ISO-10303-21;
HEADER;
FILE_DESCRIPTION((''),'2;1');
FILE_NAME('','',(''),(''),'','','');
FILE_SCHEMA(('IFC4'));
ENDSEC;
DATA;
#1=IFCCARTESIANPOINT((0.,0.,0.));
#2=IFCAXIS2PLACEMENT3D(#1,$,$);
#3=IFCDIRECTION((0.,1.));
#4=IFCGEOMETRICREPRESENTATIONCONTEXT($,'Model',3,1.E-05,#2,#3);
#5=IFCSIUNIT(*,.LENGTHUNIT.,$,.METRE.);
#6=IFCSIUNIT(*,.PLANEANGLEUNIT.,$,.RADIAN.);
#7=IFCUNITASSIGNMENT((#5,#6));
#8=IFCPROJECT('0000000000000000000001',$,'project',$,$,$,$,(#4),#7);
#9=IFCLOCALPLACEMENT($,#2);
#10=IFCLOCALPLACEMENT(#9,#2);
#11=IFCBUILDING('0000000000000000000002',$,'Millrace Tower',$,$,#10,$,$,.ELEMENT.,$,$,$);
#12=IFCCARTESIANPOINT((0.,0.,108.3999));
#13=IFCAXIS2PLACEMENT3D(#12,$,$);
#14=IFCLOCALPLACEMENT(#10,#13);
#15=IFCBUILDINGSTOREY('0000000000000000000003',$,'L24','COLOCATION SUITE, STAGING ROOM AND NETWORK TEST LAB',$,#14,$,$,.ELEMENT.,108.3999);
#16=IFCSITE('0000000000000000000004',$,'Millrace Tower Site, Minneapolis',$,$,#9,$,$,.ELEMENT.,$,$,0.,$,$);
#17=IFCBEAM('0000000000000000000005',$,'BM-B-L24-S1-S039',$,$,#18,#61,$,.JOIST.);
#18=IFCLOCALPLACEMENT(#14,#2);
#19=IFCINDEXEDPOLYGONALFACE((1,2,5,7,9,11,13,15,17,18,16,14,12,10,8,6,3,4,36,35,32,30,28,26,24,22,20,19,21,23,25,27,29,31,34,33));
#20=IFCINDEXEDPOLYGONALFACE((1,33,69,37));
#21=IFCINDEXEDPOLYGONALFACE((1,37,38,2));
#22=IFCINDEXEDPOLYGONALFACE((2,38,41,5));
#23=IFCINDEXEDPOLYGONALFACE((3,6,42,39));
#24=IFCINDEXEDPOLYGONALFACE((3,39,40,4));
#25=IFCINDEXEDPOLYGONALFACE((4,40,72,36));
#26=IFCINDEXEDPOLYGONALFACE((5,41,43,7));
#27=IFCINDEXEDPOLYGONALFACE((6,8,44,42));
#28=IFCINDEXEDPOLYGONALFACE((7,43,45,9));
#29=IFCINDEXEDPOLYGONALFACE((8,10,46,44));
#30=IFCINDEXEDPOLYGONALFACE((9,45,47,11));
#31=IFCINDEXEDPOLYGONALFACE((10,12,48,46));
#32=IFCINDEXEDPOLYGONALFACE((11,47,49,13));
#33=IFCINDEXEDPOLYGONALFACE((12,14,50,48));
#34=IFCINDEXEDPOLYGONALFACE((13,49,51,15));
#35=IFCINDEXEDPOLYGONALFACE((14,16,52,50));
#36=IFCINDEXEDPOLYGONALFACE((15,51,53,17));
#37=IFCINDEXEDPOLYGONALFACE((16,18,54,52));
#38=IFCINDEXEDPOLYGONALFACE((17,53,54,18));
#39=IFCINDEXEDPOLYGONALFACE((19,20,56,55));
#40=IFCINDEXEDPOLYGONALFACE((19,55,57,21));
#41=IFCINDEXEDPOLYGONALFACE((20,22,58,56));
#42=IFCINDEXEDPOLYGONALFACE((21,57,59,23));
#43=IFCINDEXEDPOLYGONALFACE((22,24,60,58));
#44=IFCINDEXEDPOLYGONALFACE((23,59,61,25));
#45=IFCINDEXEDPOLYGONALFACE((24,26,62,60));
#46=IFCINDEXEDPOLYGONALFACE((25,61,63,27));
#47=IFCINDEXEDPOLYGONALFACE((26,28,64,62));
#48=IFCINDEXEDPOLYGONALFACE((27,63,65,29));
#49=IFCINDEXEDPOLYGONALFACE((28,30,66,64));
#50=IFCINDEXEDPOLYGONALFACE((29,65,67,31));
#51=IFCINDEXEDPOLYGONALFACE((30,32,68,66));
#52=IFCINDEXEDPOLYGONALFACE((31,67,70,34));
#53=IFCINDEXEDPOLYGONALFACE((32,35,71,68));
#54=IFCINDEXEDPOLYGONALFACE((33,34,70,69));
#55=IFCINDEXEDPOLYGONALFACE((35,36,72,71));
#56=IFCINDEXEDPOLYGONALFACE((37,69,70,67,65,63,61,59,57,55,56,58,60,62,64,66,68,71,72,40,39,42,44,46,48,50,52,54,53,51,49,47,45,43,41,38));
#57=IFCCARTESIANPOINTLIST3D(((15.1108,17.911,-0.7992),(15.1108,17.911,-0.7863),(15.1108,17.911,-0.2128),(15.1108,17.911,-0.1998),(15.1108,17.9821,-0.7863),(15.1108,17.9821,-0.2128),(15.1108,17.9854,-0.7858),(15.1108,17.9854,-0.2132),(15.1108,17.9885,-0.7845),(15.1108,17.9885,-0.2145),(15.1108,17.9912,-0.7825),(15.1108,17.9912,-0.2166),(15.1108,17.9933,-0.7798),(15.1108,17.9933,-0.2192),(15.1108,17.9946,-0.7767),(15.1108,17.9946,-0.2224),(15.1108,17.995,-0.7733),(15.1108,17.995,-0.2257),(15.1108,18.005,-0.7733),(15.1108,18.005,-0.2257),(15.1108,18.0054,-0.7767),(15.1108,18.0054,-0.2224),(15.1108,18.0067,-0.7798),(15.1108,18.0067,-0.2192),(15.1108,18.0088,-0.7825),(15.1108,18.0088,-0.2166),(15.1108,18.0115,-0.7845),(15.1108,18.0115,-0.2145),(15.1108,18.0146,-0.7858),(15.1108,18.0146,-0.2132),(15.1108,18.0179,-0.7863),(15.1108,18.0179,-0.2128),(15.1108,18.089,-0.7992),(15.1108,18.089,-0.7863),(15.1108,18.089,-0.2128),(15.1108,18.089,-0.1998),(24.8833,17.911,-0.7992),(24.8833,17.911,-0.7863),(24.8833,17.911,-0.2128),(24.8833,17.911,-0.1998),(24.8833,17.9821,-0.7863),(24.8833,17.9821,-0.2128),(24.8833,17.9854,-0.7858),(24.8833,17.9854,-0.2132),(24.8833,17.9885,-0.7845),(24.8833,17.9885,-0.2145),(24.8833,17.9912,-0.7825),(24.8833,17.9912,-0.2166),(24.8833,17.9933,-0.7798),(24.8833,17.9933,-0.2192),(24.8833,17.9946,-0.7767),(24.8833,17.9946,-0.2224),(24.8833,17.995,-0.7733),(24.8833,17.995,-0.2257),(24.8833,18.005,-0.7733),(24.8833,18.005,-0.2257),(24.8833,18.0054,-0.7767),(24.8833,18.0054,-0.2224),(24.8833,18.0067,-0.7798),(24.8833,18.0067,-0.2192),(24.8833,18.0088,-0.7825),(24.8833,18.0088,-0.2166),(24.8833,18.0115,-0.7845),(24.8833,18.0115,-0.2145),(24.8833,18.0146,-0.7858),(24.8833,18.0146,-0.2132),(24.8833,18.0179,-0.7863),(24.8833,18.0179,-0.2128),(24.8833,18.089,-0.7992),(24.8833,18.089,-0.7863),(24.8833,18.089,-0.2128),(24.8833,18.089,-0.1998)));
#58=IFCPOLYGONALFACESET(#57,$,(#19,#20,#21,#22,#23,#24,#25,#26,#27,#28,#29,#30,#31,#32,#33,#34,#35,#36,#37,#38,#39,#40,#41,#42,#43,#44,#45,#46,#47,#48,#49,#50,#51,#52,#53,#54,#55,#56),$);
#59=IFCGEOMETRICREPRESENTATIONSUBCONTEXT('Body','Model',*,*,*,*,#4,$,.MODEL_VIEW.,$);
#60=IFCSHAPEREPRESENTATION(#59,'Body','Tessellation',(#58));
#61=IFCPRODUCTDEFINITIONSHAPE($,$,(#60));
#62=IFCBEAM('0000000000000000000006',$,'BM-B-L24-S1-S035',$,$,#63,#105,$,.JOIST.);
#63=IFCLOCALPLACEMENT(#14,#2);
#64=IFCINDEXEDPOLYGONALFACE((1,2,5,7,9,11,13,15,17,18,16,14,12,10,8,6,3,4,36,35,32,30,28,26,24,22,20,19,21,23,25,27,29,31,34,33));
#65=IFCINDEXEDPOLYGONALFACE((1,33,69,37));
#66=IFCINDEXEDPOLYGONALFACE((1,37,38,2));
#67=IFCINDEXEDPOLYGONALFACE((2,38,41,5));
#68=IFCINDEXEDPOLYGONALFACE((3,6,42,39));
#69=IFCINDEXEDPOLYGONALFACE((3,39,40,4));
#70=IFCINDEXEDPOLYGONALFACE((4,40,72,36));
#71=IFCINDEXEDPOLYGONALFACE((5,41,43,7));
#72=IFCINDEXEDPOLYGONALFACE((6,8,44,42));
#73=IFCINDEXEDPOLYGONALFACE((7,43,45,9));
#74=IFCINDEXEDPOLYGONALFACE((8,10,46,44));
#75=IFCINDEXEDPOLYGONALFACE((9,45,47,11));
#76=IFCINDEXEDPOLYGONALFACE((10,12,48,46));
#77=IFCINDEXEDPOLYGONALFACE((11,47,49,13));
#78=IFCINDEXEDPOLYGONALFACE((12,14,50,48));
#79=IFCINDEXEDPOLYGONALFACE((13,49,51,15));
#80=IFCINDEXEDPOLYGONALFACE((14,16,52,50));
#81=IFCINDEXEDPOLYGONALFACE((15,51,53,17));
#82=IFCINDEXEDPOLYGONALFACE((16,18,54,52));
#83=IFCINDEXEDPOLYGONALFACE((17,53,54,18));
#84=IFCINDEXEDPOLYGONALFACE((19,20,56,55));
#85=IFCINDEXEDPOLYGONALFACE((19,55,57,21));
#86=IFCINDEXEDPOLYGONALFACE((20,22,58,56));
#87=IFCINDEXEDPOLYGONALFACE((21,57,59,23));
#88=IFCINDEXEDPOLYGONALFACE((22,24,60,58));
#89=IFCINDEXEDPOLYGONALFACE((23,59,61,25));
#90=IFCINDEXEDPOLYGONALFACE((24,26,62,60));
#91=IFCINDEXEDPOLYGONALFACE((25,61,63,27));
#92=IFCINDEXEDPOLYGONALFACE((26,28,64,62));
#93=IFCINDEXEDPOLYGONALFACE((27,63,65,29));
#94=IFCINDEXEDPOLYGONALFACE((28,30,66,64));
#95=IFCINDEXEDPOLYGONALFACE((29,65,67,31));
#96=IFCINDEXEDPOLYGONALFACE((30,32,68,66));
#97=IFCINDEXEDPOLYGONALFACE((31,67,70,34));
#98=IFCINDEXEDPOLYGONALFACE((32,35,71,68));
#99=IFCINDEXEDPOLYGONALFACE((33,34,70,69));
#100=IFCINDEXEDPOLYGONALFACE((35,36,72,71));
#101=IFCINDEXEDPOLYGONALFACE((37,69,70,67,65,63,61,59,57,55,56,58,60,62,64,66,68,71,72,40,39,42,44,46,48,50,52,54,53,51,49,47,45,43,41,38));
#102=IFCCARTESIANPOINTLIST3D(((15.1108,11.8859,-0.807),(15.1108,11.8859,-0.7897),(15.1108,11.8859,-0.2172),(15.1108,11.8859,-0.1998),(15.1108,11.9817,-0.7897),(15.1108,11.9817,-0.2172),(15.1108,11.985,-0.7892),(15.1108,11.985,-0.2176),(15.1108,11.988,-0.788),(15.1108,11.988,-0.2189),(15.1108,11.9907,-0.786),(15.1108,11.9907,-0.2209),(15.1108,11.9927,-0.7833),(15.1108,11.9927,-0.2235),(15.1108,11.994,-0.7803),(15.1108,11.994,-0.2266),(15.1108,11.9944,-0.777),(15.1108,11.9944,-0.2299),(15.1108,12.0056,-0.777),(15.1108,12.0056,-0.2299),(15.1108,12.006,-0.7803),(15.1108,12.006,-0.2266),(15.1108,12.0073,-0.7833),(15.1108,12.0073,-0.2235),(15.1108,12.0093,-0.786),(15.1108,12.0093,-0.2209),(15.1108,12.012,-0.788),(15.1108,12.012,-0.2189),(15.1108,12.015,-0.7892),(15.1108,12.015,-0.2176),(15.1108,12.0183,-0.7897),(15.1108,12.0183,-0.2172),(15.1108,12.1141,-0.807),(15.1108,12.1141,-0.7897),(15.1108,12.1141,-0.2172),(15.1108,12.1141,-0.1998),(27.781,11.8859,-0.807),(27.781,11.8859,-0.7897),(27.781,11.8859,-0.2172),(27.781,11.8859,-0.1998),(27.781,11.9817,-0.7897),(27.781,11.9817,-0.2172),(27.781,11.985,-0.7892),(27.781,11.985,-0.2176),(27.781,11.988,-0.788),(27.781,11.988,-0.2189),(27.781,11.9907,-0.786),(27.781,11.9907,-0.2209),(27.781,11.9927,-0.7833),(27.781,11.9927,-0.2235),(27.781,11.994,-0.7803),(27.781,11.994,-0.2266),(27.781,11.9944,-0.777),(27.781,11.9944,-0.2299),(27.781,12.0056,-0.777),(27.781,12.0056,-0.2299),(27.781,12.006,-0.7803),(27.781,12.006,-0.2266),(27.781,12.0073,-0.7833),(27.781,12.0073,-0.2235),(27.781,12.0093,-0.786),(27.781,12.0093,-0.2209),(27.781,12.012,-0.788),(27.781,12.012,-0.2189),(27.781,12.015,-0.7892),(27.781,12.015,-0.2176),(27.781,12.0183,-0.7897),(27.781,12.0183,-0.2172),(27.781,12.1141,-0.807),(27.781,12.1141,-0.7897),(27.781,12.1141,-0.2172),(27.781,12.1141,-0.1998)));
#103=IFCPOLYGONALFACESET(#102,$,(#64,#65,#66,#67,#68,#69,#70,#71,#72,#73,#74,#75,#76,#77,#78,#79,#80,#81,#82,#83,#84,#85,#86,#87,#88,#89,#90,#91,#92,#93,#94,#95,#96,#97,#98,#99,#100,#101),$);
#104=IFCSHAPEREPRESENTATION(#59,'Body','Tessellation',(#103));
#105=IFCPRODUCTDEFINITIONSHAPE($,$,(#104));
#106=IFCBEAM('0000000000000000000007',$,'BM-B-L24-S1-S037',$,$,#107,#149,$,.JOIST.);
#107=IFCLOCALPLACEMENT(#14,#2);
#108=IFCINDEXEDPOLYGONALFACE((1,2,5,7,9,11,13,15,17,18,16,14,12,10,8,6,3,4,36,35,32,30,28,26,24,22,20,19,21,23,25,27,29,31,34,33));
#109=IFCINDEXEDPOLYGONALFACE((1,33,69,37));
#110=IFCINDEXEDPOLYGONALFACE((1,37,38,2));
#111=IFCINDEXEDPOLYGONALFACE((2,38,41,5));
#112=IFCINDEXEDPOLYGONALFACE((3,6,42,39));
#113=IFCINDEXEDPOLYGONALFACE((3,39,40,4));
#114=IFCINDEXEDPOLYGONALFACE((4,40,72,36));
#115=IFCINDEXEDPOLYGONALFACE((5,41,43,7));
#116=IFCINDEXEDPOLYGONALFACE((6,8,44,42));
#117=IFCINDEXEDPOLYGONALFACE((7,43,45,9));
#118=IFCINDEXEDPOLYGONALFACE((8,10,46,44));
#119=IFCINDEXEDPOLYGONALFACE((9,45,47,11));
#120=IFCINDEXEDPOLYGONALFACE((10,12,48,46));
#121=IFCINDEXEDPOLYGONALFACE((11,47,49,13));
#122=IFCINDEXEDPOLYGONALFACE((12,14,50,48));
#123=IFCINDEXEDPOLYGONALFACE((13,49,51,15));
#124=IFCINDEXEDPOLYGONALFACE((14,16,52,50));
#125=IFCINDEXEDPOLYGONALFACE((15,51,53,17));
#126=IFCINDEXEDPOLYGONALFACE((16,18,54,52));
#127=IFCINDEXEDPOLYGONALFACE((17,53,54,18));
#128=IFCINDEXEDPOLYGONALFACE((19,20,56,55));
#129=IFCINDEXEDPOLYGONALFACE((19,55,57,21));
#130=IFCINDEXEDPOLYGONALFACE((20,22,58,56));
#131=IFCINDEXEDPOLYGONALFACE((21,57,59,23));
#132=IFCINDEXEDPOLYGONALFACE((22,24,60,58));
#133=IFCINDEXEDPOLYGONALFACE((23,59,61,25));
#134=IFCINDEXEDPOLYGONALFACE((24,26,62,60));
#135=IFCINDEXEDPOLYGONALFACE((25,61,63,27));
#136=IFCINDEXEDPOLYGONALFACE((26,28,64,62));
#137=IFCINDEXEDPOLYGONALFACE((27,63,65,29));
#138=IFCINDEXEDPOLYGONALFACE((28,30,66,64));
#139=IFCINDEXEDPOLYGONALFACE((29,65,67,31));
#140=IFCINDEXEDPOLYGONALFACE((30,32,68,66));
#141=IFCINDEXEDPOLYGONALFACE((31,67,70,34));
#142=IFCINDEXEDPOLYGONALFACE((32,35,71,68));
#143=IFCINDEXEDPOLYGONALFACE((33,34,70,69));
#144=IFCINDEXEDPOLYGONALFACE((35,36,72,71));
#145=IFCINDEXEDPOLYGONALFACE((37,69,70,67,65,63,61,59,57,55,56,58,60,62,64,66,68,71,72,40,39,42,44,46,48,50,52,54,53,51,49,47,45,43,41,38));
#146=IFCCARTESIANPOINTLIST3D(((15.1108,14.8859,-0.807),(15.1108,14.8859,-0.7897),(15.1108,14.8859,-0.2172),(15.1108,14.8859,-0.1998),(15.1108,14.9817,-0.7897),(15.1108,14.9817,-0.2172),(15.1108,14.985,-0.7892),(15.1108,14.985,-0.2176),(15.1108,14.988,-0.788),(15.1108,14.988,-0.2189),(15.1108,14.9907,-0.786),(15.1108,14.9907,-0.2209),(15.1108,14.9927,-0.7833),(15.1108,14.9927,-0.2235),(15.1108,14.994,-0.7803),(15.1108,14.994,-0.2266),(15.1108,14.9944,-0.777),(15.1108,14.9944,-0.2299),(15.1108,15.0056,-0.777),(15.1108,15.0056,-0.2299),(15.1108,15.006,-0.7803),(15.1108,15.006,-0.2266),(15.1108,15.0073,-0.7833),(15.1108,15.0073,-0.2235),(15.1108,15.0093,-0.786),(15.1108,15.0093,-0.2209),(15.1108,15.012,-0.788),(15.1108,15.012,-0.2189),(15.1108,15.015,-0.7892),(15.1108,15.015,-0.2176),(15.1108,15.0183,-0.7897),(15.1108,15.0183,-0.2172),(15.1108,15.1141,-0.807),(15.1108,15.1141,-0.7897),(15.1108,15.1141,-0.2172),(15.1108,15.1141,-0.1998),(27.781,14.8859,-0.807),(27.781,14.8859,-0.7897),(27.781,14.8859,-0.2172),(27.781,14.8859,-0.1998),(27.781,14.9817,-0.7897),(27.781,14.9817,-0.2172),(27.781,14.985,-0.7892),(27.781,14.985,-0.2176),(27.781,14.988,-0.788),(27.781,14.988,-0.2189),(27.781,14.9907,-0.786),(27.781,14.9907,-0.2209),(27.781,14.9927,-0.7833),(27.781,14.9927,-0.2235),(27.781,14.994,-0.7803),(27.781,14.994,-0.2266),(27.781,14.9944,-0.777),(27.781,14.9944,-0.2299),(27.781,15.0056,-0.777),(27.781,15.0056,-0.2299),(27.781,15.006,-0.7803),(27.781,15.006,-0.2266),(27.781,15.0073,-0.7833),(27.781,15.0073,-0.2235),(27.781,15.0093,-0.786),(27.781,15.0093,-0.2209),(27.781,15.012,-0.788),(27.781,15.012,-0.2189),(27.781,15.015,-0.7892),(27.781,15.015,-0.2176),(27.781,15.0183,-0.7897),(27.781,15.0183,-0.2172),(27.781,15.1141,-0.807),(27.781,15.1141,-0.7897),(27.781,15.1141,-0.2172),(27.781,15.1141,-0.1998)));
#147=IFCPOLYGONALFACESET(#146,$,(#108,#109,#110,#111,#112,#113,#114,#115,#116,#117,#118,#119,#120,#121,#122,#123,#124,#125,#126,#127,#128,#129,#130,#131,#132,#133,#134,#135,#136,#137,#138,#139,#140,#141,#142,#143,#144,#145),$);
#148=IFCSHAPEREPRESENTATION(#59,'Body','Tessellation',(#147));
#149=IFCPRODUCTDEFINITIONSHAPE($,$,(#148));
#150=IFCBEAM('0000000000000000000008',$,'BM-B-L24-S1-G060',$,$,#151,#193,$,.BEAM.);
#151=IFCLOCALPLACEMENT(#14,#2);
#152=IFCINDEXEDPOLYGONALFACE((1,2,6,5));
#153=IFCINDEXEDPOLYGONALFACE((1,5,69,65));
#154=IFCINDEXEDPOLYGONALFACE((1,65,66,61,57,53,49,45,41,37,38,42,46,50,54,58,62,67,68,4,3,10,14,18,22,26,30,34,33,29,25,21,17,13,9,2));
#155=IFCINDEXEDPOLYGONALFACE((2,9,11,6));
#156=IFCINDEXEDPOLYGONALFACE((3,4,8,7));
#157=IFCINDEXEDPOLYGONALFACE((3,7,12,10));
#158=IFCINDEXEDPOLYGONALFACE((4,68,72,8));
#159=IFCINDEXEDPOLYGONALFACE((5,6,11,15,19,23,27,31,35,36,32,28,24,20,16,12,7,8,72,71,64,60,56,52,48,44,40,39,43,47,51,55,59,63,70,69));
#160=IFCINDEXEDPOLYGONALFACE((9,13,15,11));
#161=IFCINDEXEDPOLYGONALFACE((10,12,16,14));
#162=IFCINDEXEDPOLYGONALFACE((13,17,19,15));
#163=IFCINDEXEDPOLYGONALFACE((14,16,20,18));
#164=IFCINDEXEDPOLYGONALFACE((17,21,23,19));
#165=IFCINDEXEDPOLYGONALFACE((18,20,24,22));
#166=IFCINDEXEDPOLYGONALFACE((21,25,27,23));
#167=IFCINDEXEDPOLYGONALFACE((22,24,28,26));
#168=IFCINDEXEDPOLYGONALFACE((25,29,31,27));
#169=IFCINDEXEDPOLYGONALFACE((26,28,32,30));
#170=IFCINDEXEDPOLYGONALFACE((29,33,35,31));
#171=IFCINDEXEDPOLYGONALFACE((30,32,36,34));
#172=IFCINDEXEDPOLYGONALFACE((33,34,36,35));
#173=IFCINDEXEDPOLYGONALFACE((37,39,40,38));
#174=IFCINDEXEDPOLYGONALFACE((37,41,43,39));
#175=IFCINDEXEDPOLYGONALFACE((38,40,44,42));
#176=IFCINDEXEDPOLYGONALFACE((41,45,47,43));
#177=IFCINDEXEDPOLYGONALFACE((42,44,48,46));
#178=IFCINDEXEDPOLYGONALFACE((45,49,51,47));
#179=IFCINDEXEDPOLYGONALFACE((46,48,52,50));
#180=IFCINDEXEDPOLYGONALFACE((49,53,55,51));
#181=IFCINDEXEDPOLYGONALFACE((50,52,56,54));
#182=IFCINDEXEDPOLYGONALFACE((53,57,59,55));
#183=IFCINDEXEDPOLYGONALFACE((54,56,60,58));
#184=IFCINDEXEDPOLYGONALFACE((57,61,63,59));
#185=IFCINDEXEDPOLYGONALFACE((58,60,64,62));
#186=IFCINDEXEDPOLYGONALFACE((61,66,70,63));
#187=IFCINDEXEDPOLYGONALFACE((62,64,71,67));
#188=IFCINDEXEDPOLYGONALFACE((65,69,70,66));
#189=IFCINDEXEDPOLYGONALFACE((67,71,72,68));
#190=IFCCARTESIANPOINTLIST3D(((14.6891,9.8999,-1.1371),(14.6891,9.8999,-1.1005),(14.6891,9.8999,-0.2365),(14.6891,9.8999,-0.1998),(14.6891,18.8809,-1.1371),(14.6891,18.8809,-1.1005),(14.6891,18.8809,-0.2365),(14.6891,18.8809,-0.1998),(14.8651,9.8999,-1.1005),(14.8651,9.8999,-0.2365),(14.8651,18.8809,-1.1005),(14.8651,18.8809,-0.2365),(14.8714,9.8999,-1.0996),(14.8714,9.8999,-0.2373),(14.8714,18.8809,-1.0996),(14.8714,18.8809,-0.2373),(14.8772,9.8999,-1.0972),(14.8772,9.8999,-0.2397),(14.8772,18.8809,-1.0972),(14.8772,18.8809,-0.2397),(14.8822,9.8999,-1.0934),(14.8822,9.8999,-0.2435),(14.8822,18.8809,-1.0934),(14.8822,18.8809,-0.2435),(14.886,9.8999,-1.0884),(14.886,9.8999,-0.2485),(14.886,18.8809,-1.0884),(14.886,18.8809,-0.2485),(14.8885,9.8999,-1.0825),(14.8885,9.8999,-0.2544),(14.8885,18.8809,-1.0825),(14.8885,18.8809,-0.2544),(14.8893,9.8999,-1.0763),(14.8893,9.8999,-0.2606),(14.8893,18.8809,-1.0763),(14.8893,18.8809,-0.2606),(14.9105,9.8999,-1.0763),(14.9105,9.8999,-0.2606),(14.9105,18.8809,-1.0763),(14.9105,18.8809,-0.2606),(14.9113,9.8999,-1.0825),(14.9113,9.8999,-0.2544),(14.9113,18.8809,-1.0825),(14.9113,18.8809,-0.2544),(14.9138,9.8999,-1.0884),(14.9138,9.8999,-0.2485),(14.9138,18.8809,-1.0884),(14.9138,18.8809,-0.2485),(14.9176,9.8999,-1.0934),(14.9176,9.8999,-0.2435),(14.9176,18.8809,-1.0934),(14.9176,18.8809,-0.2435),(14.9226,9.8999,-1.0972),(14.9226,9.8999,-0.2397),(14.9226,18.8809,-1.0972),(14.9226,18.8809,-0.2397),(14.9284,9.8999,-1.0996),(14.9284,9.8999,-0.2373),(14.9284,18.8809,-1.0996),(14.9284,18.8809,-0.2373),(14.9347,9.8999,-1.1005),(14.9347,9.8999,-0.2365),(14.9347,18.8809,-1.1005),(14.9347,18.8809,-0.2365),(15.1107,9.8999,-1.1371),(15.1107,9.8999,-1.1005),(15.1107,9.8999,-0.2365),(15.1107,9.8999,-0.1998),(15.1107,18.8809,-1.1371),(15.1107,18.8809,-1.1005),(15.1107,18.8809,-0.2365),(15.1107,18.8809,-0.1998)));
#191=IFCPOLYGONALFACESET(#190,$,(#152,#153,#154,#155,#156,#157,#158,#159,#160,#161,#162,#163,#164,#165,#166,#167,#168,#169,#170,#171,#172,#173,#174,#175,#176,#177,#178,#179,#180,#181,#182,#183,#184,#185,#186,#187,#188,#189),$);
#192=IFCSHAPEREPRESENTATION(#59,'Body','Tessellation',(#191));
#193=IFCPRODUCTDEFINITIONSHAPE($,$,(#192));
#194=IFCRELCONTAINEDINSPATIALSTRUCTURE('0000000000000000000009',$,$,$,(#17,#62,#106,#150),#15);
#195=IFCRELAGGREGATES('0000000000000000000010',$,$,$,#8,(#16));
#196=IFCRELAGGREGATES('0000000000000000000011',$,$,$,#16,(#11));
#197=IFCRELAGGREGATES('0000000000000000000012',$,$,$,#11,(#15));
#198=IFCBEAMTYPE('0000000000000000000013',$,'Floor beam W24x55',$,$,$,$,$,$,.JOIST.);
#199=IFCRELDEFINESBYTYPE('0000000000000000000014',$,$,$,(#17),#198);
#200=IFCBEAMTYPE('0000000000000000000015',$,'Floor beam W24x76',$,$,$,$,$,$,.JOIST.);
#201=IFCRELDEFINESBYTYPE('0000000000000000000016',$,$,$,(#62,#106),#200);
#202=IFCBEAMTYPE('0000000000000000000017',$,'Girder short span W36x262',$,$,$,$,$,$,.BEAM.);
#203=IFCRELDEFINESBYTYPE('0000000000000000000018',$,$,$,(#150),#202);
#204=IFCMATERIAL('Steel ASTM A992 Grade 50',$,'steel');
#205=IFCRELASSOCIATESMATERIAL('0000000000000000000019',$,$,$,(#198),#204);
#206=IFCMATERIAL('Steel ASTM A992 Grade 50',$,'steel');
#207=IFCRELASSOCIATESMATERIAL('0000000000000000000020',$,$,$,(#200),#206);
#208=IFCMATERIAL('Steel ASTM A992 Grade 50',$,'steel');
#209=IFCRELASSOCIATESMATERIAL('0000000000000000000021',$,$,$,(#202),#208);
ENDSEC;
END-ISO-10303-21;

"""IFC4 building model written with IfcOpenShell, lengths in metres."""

from ifc_helpers import new_model, si_unit, direction, frame, origin, origin_2d, place, context, subcontext, project, spatial, i_section, extrude, material, material_profile, profile_set, type_object, element, save


model = new_model("IFC4")

# Units and contexts
model_context = context("Model", 3, precision=1e-05, world=origin(), true_north=direction((0.0, 1.0)))
body_context = subcontext(model_context, "Body", "Model", "MODEL_VIEW")
ifc_project = project(units=[si_unit("LENGTHUNIT", "METRE"), si_unit("PLANEANGLEUNIT", "RADIAN")], contexts=[model_context])

# Site, building, storey
site_placement = place(None, origin())
site = spatial("IfcSite", under=ifc_project, at=site_placement, Name="Millrace Tower Site, Minneapolis", CompositionType="ELEMENT", RefElevation=0.0)
building_placement = place(site_placement, origin())
building = spatial("IfcBuilding", under=site, at=building_placement, Name="Millrace Tower", CompositionType="ELEMENT")
storey_placement = place(building_placement, frame((0.0, 0.0, 108.3999)))
storey = spatial("IfcBuildingStorey", under=building, at=storey_placement, Name="L24", Description="COLOCATION SUITE, STAGING ROOM AND NETWORK TEST LAB", CompositionType="ELEMENT", Elevation=108.3999)

# Beams
ifc_material_1 = material(Name="Steel ASTM A992 Grade 50", Category="steel")
ifc_material_profile_1 = material_profile(ifc_material_1, i_section(OverallWidth=0.178, OverallDepth=0.5994, WebThickness=0.01, FlangeThickness=0.0129, FilletRadius=0.0129, at=origin_2d()))
ifc_profile_set_1 = profile_set([ifc_material_profile_1], Name="Steel ASTM A992 Grade 50")
beam_type_1 = type_object("IfcBeamType", Name="Floor beam W24x55", PredefinedType="JOIST", material=ifc_profile_set_1)
beam_1_placement = place(storey_placement, frame((15.1108, 18.0, -0.4995), z_axis=(1.0, 0.0, 0.0), x_axis=(0.0, 1.0, 0.0)))
element("IfcBeam", 1, at=beam_1_placement, inside=storey, type_object=beam_type_1, Name="BM-B-L24-S1-S039", PredefinedType="JOIST", context=body_context, shape_type="SweptSolid", body=[
    extrude(i_section(OverallWidth=0.178, OverallDepth=0.5994, WebThickness=0.01, FlangeThickness=0.0129, FilletRadius=0.0129, at=origin_2d()), origin(), (0.0, 0.0, 1.0), 9.7725),
])
ifc_material_2 = material(Name="Steel ASTM A992 Grade 50", Category="steel")
ifc_material_profile_2 = material_profile(ifc_material_2, i_section(OverallWidth=0.2283, OverallDepth=0.6072, WebThickness=0.0112, FlangeThickness=0.0173, FilletRadius=0.0127, at=origin_2d()))
ifc_profile_set_2 = profile_set([ifc_material_profile_2], Name="Steel ASTM A992 Grade 50")
beam_type_2 = type_object("IfcBeamType", Name="Floor beam W24x76", PredefinedType="JOIST", material=ifc_profile_set_2)
for number, where, z_axis, x_axis, name in (
    (2, (15.1108, 12.0, -0.5034), (1.0, 0.0, 0.0), (0.0, 1.0, 0.0), "BM-B-L24-S1-S035"),
    (3, (15.1108, 15.0, -0.5034), (1.0, 0.0, 0.0), (0.0, 1.0, 0.0), "BM-B-L24-S1-S037"),
):
    element("IfcBeam", number, at=place(storey_placement, frame(where, z_axis=z_axis, x_axis=x_axis)), inside=storey, type_object=beam_type_2, Name=name, PredefinedType="JOIST", context=body_context, shape_type="SweptSolid", body=[
        extrude(i_section(OverallWidth=0.2283, OverallDepth=0.6072, WebThickness=0.0112, FlangeThickness=0.0173, FilletRadius=0.0127, at=origin_2d()), origin(), (0.0, 0.0, 1.0), 12.6702),
    ])
ifc_material_3 = material(Name="Steel ASTM A992 Grade 50", Category="steel")
ifc_material_profile_3 = material_profile(ifc_material_3, i_section(OverallWidth=0.4216, OverallDepth=0.9373, WebThickness=0.0212, FlangeThickness=0.0366, FilletRadius=0.0242, at=origin_2d()))
ifc_profile_set_3 = profile_set([ifc_material_profile_3], Name="Steel ASTM A992 Grade 50")
beam_type_3 = type_object("IfcBeamType", Name="Girder short span W36x262", PredefinedType="BEAM", material=ifc_profile_set_3)
beam_2_placement = place(storey_placement, frame((14.8999, 9.8999, -0.6685), z_axis=(0.0, 1.0, 0.0), x_axis=(-1.0, 0.0, 0.0)))
element("IfcBeam", 4, at=beam_2_placement, inside=storey, type_object=beam_type_3, Name="BM-B-L24-S1-G060", PredefinedType="BEAM", context=body_context, shape_type="SweptSolid", body=[
    extrude(i_section(OverallWidth=0.4216, OverallDepth=0.9373, WebThickness=0.0212, FlangeThickness=0.0366, FilletRadius=0.0242, at=origin_2d()), origin(), (0.0, 0.0, 1.0), 8.981),
])

save(model, "model.ifc")
